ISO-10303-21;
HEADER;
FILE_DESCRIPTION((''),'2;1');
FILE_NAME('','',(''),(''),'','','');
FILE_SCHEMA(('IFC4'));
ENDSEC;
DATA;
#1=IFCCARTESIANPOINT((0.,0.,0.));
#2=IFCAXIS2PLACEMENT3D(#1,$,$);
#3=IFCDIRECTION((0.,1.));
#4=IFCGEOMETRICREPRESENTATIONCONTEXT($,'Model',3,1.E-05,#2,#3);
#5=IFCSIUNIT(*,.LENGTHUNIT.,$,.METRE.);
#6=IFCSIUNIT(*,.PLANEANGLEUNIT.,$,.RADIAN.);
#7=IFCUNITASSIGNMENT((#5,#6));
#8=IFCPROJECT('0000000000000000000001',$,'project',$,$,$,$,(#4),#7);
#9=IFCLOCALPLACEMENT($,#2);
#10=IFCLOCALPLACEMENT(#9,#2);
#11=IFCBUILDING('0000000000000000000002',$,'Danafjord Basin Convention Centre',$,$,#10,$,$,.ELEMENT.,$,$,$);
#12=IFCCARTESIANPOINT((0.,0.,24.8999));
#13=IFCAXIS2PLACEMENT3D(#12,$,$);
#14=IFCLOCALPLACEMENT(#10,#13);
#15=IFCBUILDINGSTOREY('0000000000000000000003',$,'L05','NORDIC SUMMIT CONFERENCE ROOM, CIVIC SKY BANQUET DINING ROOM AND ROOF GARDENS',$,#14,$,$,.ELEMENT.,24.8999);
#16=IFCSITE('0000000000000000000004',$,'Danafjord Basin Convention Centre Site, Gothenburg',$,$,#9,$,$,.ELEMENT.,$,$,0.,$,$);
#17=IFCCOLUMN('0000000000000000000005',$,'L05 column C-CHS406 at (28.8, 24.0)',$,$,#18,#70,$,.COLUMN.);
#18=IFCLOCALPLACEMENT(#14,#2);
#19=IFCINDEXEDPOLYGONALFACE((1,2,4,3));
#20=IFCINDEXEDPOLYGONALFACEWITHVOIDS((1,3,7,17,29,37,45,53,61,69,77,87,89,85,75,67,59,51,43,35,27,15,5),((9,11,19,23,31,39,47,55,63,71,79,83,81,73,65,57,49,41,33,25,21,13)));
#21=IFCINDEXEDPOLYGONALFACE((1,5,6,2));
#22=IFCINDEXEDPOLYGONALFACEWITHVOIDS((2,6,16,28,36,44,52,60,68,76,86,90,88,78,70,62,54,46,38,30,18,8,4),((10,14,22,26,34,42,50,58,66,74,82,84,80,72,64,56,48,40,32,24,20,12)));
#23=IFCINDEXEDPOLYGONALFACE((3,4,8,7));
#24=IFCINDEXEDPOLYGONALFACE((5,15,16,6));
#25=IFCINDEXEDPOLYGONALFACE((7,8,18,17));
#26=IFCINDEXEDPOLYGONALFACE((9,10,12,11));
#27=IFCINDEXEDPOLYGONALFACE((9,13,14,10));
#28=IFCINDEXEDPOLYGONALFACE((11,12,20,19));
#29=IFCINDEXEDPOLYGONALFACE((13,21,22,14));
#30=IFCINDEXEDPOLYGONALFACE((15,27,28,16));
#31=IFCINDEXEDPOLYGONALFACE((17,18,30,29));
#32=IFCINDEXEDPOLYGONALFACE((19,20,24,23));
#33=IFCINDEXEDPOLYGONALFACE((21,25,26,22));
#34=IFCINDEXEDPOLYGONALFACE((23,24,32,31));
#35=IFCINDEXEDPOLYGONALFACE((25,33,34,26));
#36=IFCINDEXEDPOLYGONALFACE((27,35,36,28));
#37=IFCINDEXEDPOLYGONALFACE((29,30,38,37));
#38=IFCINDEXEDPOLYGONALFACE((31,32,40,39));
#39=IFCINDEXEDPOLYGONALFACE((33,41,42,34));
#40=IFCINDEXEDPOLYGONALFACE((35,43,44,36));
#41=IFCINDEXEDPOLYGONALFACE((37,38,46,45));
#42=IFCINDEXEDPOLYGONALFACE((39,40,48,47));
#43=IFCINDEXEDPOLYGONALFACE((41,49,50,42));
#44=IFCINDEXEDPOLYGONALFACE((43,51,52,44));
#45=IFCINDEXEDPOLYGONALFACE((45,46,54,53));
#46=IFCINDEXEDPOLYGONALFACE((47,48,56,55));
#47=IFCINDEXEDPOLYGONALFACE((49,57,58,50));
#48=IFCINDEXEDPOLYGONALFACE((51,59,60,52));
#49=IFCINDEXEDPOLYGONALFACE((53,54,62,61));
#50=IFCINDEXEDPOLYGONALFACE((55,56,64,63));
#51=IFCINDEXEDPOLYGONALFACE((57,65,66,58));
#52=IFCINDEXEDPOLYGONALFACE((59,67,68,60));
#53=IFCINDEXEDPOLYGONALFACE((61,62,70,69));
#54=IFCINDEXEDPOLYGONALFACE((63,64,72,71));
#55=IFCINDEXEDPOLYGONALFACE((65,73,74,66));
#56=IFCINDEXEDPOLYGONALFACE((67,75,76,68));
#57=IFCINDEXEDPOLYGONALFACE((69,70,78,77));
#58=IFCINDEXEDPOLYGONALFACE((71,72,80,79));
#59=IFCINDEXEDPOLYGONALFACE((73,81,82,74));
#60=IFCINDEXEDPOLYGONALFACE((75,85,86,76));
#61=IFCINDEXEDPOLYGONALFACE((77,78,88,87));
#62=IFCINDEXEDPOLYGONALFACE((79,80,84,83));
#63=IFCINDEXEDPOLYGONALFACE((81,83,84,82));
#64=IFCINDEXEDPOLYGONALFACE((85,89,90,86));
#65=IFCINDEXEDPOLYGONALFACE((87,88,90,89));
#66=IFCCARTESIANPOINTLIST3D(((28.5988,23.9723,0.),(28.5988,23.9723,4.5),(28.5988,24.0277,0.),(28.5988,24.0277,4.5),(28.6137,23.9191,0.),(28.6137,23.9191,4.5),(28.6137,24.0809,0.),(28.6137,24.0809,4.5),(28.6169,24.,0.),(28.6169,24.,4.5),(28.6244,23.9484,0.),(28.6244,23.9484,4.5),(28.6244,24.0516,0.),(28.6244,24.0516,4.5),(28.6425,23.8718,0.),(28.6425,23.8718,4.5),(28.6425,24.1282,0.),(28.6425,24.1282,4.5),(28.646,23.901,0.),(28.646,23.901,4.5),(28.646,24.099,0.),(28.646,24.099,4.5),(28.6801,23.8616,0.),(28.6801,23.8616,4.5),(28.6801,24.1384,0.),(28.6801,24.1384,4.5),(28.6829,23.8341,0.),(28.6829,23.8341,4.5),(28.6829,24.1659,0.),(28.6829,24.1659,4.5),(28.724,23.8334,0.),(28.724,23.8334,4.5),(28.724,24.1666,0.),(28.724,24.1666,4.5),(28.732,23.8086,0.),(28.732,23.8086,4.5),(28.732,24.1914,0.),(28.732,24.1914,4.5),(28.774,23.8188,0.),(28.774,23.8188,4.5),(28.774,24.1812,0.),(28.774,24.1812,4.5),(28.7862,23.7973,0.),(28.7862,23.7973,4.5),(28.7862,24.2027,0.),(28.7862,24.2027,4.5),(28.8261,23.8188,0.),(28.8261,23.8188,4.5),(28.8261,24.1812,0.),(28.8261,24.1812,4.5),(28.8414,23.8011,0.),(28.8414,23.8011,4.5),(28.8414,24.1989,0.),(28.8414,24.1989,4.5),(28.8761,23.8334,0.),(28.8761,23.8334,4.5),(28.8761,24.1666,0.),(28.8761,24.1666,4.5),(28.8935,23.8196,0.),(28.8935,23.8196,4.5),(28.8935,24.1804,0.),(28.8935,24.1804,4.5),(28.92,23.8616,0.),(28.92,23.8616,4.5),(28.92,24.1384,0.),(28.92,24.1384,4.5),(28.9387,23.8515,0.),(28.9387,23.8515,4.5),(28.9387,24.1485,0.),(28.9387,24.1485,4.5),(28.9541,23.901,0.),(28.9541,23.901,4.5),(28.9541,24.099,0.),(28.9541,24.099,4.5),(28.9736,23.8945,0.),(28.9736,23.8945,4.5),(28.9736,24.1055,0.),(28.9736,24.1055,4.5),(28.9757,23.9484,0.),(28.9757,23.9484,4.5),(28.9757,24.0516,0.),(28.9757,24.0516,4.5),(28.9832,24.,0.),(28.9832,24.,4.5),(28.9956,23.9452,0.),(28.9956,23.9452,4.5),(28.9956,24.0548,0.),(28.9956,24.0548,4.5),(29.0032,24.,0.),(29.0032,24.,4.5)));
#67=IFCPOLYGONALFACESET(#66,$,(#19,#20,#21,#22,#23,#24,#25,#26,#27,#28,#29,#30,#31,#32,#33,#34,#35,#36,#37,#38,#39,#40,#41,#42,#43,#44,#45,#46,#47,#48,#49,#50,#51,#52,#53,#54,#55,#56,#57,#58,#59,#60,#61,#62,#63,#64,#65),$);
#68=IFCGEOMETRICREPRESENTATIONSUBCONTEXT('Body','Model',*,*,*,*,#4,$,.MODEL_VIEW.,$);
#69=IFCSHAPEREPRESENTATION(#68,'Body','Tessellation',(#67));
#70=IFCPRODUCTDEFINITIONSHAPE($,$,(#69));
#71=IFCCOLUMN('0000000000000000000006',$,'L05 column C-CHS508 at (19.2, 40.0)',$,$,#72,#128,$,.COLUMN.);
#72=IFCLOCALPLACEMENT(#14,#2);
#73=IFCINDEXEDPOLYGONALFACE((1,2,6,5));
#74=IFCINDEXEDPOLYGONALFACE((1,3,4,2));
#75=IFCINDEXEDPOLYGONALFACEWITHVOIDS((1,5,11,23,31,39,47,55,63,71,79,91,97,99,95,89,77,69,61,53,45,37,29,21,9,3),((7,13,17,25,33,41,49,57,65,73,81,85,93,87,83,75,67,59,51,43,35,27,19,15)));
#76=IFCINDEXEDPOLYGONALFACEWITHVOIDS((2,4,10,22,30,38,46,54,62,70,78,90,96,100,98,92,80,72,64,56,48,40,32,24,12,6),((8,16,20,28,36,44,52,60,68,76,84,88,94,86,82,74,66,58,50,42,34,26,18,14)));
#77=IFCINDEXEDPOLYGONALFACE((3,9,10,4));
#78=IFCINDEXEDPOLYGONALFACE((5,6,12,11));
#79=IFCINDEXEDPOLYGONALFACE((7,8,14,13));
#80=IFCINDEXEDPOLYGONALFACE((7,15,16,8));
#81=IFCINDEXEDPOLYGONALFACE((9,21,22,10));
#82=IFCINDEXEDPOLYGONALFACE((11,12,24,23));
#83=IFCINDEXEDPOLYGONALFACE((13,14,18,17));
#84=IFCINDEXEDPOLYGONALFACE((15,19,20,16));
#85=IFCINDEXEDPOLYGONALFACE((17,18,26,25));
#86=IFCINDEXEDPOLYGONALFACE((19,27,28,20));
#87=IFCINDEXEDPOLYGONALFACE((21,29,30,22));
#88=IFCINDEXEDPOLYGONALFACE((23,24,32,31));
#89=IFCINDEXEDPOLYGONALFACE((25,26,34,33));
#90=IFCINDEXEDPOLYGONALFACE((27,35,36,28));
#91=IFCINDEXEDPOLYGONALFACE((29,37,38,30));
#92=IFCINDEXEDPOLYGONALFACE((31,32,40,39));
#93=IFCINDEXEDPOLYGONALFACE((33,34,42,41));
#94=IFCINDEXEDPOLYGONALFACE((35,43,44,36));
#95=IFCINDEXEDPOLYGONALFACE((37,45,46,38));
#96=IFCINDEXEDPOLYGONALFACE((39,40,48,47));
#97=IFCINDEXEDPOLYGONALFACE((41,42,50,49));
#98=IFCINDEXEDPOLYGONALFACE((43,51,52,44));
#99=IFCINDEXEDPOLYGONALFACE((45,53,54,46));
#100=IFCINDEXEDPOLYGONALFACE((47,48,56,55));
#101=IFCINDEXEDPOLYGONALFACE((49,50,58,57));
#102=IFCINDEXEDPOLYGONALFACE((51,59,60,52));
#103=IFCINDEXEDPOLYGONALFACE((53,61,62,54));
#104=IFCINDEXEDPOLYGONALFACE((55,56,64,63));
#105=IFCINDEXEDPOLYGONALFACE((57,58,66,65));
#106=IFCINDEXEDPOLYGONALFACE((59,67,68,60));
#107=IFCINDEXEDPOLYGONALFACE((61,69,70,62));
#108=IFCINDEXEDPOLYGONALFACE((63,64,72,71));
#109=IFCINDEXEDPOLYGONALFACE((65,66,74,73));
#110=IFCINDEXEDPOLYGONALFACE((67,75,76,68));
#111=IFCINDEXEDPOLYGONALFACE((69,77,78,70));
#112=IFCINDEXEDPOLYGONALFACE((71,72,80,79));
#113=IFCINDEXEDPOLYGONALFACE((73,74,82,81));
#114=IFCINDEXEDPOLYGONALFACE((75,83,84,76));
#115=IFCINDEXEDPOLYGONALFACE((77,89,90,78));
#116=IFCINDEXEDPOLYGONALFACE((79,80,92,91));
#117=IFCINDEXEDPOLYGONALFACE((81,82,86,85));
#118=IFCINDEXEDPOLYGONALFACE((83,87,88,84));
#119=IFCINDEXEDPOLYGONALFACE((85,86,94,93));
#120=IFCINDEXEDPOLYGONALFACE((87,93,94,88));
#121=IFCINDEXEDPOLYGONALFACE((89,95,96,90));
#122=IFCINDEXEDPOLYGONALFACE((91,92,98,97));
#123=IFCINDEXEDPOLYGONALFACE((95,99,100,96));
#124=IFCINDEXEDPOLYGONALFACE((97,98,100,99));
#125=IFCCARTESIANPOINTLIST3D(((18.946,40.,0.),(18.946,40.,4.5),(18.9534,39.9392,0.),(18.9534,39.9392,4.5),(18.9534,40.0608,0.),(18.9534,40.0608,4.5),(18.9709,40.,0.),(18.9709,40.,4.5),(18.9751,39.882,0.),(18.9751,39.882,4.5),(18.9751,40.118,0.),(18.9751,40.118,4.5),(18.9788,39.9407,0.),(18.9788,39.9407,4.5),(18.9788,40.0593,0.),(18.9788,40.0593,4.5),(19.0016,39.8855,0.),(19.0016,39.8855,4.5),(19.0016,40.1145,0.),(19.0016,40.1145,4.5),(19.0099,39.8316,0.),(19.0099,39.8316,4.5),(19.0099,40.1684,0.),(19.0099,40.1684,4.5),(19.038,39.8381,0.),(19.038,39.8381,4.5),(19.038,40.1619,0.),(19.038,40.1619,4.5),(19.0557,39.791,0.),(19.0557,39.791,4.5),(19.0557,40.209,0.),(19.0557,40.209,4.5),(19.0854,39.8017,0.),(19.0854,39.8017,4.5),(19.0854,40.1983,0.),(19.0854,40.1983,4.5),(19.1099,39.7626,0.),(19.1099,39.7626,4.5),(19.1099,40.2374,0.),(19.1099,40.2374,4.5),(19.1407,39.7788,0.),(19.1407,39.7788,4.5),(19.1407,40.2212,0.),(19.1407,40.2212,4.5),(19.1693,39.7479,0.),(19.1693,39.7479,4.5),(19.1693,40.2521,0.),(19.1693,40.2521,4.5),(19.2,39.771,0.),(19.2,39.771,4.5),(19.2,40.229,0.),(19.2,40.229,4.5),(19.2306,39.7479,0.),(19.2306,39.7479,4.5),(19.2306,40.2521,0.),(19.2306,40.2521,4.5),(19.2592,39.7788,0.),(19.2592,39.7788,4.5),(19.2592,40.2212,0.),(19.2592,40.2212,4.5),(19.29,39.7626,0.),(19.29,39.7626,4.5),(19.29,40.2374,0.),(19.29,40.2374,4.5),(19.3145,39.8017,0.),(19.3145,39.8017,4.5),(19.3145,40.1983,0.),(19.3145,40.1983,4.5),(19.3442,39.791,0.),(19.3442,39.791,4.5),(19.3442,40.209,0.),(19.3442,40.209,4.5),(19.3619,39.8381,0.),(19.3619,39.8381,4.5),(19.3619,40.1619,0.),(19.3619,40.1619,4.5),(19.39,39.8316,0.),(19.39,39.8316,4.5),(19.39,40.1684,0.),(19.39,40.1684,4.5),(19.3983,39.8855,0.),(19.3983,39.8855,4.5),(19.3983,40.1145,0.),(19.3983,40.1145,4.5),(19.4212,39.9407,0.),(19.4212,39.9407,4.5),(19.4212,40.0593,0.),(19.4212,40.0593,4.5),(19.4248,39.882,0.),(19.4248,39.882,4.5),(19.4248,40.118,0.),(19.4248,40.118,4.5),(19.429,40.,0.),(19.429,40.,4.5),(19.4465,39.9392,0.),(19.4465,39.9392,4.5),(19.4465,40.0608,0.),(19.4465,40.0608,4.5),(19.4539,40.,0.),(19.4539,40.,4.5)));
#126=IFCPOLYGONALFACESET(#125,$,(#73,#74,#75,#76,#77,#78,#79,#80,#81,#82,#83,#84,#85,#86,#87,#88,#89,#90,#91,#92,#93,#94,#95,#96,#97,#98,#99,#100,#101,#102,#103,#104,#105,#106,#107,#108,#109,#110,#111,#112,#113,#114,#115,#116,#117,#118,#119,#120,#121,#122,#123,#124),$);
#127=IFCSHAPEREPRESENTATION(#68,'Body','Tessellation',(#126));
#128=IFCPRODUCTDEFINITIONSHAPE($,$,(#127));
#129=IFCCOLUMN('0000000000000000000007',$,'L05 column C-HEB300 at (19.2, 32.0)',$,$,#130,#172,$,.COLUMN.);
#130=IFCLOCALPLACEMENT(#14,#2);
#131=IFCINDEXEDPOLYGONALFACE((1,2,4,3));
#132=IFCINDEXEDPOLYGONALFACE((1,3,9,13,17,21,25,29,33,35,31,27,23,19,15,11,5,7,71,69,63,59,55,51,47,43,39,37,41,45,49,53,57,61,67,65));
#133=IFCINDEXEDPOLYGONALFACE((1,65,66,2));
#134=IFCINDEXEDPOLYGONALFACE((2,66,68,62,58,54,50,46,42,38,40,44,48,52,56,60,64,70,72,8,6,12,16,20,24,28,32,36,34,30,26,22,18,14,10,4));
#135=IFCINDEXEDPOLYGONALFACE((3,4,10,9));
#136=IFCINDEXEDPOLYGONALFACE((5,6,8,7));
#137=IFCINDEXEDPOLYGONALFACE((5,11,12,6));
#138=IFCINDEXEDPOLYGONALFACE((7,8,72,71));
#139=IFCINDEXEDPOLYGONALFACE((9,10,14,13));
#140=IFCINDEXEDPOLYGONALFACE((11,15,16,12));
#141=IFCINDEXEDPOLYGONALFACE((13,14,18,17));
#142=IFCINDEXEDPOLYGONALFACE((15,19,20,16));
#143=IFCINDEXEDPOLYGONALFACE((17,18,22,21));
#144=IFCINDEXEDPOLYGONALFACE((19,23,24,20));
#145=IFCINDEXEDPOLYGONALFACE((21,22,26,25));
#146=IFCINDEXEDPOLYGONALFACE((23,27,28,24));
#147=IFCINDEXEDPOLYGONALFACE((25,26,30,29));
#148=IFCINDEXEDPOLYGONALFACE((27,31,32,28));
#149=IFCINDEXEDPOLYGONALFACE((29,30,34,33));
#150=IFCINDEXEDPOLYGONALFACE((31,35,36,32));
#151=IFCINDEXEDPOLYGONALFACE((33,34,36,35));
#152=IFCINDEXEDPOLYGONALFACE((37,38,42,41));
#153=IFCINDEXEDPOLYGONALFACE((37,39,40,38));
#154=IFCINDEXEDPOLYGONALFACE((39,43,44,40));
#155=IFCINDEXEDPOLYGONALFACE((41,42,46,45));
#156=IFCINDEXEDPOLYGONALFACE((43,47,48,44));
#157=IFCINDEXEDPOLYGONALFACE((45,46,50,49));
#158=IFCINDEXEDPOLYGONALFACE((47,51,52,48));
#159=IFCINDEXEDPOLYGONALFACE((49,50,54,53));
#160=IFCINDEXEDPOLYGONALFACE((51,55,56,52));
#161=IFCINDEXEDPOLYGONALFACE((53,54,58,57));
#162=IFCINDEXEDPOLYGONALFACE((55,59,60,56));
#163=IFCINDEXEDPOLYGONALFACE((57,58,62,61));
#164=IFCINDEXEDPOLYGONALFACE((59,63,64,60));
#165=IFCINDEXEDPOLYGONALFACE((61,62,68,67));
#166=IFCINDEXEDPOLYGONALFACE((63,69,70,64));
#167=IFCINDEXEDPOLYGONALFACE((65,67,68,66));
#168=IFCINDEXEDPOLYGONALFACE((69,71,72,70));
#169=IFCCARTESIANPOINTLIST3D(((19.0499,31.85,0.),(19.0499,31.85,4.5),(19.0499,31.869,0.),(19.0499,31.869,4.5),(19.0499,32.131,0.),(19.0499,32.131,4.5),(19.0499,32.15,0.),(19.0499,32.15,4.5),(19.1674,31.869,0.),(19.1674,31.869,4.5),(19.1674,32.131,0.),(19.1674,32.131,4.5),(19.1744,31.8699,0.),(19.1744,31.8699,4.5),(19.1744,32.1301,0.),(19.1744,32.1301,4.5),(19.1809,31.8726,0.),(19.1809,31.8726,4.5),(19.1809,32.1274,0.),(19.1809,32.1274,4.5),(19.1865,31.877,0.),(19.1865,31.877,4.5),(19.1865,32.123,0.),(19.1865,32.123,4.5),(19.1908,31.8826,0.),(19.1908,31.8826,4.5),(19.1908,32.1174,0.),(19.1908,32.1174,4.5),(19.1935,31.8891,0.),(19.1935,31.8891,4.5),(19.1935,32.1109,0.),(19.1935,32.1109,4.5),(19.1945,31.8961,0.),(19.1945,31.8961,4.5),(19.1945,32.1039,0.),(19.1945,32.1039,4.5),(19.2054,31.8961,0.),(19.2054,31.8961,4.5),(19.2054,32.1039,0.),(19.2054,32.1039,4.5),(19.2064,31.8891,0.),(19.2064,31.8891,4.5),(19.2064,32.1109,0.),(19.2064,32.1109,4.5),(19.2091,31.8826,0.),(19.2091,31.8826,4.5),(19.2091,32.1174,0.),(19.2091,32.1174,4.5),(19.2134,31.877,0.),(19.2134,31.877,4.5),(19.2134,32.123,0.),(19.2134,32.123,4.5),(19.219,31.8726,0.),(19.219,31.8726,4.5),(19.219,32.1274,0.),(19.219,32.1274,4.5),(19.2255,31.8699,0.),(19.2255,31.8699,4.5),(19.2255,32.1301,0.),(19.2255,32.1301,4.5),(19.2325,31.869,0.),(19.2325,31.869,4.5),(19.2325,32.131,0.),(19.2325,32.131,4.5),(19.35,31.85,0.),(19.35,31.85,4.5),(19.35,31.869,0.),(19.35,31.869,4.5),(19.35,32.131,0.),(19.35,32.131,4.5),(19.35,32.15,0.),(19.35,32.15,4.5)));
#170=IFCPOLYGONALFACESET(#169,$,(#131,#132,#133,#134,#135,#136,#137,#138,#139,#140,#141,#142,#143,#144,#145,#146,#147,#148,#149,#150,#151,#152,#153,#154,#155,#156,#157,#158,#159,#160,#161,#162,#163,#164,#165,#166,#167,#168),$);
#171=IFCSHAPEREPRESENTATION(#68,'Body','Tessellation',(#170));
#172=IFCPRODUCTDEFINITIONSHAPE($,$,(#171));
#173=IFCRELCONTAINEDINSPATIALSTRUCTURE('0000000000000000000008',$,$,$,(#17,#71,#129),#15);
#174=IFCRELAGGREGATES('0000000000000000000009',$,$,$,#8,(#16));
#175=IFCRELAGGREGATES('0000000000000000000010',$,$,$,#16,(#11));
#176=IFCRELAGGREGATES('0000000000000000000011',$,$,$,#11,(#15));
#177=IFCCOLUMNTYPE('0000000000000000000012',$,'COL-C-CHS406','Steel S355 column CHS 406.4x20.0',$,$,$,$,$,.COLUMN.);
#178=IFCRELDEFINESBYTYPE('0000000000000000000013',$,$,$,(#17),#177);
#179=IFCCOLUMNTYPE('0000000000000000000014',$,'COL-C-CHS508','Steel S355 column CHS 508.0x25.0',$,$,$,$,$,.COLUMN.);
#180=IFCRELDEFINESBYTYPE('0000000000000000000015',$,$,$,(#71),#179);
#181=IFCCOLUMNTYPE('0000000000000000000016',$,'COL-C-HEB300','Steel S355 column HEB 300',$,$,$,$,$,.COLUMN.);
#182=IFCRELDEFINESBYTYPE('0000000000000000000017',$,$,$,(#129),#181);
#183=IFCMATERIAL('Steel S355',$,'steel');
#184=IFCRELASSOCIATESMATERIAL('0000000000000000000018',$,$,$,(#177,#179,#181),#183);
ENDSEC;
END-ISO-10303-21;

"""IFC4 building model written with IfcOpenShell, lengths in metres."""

from ifc_helpers import new_model, si_unit, direction, frame, origin, origin_2d, place, context, subcontext, project, spatial, hollow_circle, i_section, extrude, material, material_profile, profile_set, type_object, element, save


model = new_model("IFC4")

# Units and contexts
model_context = context("Model", 3, precision=1e-05, world=origin(), true_north=direction((0.0, 1.0)))
body_context = subcontext(model_context, "Body", "Model", "MODEL_VIEW")
ifc_project = project(units=[si_unit("LENGTHUNIT", "METRE"), si_unit("PLANEANGLEUNIT", "RADIAN")], contexts=[model_context])

# Site, building, storey
site_placement = place(None, origin())
site = spatial("IfcSite", under=ifc_project, at=site_placement, Name="Danafjord Basin Convention Centre Site, Gothenburg", CompositionType="ELEMENT", RefElevation=0.0)
building_placement = place(site_placement, origin())
building = spatial("IfcBuilding", under=site, at=building_placement, Name="Danafjord Basin Convention Centre", CompositionType="ELEMENT")
storey_placement = place(building_placement, frame((0.0, 0.0, 24.8999)))
storey = spatial("IfcBuildingStorey", under=building, at=storey_placement, Name="L05", Description="NORDIC SUMMIT CONFERENCE ROOM, CIVIC SKY BANQUET DINING ROOM AND ROOF GARDENS", CompositionType="ELEMENT", Elevation=24.8999)

# Columns
ifc_material_1 = material(Name="Steel S355", Category="steel")
ifc_material_profile_1 = material_profile(ifc_material_1, hollow_circle(Radius=0.2031, WallThickness=0.02, at=origin_2d()), Name="CHS 406.4x20.0")
ifc_profile_set_1 = profile_set([ifc_material_profile_1], Name="Steel S355")
column_type_1 = type_object("IfcColumnType", Name="COL-C-CHS406", Description="Steel S355 column CHS 406.4x20.0", PredefinedType="COLUMN", material=ifc_profile_set_1)
column_1_placement = place(storey_placement, frame((28.8, 24.0, 0.0), z_axis=(0.0, 0.0, 1.0), x_axis=(1.0, 0.0, 0.0)))
element("IfcColumn", 1, at=column_1_placement, inside=storey, type_object=column_type_1, Name="L05 column C-CHS406 at (28.8, 24.0)", PredefinedType="COLUMN", context=body_context, shape_type="SweptSolid", body=[
    extrude(hollow_circle(Radius=0.2031, WallThickness=0.02, at=origin_2d()), origin(), (0.0, 0.0, 1.0), 4.5),
])
ifc_material_profile_2 = material_profile(ifc_material_1, hollow_circle(Radius=0.2539, WallThickness=0.0249, at=origin_2d()), Name="CHS 508.0x25.0")
ifc_profile_set_2 = profile_set([ifc_material_profile_2], Name="Steel S355")
column_type_2 = type_object("IfcColumnType", Name="COL-C-CHS508", Description="Steel S355 column CHS 508.0x25.0", PredefinedType="COLUMN", material=ifc_profile_set_2)
column_2_placement = place(storey_placement, frame((19.2, 40.0, 0.0), z_axis=(0.0, 0.0, 1.0), x_axis=(1.0, 0.0, 0.0)))
element("IfcColumn", 2, at=column_2_placement, inside=storey, type_object=column_type_2, Name="L05 column C-CHS508 at (19.2, 40.0)", PredefinedType="COLUMN", context=body_context, shape_type="SweptSolid", body=[
    extrude(hollow_circle(Radius=0.2539, WallThickness=0.0249, at=origin_2d()), origin(), (0.0, 0.0, 1.0), 4.5),
])
ifc_material_profile_3 = material_profile(ifc_material_1, i_section(OverallWidth=0.3, OverallDepth=0.3, WebThickness=0.011, FlangeThickness=0.019, FilletRadius=0.0271, at=origin_2d()), Name="HEB 300")
ifc_profile_set_3 = profile_set([ifc_material_profile_3], Name="Steel S355")
column_type_3 = type_object("IfcColumnType", Name="COL-C-HEB300", Description="Steel S355 column HEB 300", PredefinedType="COLUMN", material=ifc_profile_set_3)
column_3_placement = place(storey_placement, frame((19.2, 32.0, 0.0), z_axis=(0.0, 0.0, 1.0), x_axis=(1.0, 0.0, 0.0)))
element("IfcColumn", 3, at=column_3_placement, inside=storey, type_object=column_type_3, Name="L05 column C-HEB300 at (19.2, 32.0)", PredefinedType="COLUMN", context=body_context, shape_type="SweptSolid", body=[
    extrude(i_section(OverallWidth=0.3, OverallDepth=0.3, WebThickness=0.011, FlangeThickness=0.019, FilletRadius=0.0271, at=origin_2d()), origin(), (0.0, 0.0, 1.0), 4.5),
])

save(model, "model.ifc")
